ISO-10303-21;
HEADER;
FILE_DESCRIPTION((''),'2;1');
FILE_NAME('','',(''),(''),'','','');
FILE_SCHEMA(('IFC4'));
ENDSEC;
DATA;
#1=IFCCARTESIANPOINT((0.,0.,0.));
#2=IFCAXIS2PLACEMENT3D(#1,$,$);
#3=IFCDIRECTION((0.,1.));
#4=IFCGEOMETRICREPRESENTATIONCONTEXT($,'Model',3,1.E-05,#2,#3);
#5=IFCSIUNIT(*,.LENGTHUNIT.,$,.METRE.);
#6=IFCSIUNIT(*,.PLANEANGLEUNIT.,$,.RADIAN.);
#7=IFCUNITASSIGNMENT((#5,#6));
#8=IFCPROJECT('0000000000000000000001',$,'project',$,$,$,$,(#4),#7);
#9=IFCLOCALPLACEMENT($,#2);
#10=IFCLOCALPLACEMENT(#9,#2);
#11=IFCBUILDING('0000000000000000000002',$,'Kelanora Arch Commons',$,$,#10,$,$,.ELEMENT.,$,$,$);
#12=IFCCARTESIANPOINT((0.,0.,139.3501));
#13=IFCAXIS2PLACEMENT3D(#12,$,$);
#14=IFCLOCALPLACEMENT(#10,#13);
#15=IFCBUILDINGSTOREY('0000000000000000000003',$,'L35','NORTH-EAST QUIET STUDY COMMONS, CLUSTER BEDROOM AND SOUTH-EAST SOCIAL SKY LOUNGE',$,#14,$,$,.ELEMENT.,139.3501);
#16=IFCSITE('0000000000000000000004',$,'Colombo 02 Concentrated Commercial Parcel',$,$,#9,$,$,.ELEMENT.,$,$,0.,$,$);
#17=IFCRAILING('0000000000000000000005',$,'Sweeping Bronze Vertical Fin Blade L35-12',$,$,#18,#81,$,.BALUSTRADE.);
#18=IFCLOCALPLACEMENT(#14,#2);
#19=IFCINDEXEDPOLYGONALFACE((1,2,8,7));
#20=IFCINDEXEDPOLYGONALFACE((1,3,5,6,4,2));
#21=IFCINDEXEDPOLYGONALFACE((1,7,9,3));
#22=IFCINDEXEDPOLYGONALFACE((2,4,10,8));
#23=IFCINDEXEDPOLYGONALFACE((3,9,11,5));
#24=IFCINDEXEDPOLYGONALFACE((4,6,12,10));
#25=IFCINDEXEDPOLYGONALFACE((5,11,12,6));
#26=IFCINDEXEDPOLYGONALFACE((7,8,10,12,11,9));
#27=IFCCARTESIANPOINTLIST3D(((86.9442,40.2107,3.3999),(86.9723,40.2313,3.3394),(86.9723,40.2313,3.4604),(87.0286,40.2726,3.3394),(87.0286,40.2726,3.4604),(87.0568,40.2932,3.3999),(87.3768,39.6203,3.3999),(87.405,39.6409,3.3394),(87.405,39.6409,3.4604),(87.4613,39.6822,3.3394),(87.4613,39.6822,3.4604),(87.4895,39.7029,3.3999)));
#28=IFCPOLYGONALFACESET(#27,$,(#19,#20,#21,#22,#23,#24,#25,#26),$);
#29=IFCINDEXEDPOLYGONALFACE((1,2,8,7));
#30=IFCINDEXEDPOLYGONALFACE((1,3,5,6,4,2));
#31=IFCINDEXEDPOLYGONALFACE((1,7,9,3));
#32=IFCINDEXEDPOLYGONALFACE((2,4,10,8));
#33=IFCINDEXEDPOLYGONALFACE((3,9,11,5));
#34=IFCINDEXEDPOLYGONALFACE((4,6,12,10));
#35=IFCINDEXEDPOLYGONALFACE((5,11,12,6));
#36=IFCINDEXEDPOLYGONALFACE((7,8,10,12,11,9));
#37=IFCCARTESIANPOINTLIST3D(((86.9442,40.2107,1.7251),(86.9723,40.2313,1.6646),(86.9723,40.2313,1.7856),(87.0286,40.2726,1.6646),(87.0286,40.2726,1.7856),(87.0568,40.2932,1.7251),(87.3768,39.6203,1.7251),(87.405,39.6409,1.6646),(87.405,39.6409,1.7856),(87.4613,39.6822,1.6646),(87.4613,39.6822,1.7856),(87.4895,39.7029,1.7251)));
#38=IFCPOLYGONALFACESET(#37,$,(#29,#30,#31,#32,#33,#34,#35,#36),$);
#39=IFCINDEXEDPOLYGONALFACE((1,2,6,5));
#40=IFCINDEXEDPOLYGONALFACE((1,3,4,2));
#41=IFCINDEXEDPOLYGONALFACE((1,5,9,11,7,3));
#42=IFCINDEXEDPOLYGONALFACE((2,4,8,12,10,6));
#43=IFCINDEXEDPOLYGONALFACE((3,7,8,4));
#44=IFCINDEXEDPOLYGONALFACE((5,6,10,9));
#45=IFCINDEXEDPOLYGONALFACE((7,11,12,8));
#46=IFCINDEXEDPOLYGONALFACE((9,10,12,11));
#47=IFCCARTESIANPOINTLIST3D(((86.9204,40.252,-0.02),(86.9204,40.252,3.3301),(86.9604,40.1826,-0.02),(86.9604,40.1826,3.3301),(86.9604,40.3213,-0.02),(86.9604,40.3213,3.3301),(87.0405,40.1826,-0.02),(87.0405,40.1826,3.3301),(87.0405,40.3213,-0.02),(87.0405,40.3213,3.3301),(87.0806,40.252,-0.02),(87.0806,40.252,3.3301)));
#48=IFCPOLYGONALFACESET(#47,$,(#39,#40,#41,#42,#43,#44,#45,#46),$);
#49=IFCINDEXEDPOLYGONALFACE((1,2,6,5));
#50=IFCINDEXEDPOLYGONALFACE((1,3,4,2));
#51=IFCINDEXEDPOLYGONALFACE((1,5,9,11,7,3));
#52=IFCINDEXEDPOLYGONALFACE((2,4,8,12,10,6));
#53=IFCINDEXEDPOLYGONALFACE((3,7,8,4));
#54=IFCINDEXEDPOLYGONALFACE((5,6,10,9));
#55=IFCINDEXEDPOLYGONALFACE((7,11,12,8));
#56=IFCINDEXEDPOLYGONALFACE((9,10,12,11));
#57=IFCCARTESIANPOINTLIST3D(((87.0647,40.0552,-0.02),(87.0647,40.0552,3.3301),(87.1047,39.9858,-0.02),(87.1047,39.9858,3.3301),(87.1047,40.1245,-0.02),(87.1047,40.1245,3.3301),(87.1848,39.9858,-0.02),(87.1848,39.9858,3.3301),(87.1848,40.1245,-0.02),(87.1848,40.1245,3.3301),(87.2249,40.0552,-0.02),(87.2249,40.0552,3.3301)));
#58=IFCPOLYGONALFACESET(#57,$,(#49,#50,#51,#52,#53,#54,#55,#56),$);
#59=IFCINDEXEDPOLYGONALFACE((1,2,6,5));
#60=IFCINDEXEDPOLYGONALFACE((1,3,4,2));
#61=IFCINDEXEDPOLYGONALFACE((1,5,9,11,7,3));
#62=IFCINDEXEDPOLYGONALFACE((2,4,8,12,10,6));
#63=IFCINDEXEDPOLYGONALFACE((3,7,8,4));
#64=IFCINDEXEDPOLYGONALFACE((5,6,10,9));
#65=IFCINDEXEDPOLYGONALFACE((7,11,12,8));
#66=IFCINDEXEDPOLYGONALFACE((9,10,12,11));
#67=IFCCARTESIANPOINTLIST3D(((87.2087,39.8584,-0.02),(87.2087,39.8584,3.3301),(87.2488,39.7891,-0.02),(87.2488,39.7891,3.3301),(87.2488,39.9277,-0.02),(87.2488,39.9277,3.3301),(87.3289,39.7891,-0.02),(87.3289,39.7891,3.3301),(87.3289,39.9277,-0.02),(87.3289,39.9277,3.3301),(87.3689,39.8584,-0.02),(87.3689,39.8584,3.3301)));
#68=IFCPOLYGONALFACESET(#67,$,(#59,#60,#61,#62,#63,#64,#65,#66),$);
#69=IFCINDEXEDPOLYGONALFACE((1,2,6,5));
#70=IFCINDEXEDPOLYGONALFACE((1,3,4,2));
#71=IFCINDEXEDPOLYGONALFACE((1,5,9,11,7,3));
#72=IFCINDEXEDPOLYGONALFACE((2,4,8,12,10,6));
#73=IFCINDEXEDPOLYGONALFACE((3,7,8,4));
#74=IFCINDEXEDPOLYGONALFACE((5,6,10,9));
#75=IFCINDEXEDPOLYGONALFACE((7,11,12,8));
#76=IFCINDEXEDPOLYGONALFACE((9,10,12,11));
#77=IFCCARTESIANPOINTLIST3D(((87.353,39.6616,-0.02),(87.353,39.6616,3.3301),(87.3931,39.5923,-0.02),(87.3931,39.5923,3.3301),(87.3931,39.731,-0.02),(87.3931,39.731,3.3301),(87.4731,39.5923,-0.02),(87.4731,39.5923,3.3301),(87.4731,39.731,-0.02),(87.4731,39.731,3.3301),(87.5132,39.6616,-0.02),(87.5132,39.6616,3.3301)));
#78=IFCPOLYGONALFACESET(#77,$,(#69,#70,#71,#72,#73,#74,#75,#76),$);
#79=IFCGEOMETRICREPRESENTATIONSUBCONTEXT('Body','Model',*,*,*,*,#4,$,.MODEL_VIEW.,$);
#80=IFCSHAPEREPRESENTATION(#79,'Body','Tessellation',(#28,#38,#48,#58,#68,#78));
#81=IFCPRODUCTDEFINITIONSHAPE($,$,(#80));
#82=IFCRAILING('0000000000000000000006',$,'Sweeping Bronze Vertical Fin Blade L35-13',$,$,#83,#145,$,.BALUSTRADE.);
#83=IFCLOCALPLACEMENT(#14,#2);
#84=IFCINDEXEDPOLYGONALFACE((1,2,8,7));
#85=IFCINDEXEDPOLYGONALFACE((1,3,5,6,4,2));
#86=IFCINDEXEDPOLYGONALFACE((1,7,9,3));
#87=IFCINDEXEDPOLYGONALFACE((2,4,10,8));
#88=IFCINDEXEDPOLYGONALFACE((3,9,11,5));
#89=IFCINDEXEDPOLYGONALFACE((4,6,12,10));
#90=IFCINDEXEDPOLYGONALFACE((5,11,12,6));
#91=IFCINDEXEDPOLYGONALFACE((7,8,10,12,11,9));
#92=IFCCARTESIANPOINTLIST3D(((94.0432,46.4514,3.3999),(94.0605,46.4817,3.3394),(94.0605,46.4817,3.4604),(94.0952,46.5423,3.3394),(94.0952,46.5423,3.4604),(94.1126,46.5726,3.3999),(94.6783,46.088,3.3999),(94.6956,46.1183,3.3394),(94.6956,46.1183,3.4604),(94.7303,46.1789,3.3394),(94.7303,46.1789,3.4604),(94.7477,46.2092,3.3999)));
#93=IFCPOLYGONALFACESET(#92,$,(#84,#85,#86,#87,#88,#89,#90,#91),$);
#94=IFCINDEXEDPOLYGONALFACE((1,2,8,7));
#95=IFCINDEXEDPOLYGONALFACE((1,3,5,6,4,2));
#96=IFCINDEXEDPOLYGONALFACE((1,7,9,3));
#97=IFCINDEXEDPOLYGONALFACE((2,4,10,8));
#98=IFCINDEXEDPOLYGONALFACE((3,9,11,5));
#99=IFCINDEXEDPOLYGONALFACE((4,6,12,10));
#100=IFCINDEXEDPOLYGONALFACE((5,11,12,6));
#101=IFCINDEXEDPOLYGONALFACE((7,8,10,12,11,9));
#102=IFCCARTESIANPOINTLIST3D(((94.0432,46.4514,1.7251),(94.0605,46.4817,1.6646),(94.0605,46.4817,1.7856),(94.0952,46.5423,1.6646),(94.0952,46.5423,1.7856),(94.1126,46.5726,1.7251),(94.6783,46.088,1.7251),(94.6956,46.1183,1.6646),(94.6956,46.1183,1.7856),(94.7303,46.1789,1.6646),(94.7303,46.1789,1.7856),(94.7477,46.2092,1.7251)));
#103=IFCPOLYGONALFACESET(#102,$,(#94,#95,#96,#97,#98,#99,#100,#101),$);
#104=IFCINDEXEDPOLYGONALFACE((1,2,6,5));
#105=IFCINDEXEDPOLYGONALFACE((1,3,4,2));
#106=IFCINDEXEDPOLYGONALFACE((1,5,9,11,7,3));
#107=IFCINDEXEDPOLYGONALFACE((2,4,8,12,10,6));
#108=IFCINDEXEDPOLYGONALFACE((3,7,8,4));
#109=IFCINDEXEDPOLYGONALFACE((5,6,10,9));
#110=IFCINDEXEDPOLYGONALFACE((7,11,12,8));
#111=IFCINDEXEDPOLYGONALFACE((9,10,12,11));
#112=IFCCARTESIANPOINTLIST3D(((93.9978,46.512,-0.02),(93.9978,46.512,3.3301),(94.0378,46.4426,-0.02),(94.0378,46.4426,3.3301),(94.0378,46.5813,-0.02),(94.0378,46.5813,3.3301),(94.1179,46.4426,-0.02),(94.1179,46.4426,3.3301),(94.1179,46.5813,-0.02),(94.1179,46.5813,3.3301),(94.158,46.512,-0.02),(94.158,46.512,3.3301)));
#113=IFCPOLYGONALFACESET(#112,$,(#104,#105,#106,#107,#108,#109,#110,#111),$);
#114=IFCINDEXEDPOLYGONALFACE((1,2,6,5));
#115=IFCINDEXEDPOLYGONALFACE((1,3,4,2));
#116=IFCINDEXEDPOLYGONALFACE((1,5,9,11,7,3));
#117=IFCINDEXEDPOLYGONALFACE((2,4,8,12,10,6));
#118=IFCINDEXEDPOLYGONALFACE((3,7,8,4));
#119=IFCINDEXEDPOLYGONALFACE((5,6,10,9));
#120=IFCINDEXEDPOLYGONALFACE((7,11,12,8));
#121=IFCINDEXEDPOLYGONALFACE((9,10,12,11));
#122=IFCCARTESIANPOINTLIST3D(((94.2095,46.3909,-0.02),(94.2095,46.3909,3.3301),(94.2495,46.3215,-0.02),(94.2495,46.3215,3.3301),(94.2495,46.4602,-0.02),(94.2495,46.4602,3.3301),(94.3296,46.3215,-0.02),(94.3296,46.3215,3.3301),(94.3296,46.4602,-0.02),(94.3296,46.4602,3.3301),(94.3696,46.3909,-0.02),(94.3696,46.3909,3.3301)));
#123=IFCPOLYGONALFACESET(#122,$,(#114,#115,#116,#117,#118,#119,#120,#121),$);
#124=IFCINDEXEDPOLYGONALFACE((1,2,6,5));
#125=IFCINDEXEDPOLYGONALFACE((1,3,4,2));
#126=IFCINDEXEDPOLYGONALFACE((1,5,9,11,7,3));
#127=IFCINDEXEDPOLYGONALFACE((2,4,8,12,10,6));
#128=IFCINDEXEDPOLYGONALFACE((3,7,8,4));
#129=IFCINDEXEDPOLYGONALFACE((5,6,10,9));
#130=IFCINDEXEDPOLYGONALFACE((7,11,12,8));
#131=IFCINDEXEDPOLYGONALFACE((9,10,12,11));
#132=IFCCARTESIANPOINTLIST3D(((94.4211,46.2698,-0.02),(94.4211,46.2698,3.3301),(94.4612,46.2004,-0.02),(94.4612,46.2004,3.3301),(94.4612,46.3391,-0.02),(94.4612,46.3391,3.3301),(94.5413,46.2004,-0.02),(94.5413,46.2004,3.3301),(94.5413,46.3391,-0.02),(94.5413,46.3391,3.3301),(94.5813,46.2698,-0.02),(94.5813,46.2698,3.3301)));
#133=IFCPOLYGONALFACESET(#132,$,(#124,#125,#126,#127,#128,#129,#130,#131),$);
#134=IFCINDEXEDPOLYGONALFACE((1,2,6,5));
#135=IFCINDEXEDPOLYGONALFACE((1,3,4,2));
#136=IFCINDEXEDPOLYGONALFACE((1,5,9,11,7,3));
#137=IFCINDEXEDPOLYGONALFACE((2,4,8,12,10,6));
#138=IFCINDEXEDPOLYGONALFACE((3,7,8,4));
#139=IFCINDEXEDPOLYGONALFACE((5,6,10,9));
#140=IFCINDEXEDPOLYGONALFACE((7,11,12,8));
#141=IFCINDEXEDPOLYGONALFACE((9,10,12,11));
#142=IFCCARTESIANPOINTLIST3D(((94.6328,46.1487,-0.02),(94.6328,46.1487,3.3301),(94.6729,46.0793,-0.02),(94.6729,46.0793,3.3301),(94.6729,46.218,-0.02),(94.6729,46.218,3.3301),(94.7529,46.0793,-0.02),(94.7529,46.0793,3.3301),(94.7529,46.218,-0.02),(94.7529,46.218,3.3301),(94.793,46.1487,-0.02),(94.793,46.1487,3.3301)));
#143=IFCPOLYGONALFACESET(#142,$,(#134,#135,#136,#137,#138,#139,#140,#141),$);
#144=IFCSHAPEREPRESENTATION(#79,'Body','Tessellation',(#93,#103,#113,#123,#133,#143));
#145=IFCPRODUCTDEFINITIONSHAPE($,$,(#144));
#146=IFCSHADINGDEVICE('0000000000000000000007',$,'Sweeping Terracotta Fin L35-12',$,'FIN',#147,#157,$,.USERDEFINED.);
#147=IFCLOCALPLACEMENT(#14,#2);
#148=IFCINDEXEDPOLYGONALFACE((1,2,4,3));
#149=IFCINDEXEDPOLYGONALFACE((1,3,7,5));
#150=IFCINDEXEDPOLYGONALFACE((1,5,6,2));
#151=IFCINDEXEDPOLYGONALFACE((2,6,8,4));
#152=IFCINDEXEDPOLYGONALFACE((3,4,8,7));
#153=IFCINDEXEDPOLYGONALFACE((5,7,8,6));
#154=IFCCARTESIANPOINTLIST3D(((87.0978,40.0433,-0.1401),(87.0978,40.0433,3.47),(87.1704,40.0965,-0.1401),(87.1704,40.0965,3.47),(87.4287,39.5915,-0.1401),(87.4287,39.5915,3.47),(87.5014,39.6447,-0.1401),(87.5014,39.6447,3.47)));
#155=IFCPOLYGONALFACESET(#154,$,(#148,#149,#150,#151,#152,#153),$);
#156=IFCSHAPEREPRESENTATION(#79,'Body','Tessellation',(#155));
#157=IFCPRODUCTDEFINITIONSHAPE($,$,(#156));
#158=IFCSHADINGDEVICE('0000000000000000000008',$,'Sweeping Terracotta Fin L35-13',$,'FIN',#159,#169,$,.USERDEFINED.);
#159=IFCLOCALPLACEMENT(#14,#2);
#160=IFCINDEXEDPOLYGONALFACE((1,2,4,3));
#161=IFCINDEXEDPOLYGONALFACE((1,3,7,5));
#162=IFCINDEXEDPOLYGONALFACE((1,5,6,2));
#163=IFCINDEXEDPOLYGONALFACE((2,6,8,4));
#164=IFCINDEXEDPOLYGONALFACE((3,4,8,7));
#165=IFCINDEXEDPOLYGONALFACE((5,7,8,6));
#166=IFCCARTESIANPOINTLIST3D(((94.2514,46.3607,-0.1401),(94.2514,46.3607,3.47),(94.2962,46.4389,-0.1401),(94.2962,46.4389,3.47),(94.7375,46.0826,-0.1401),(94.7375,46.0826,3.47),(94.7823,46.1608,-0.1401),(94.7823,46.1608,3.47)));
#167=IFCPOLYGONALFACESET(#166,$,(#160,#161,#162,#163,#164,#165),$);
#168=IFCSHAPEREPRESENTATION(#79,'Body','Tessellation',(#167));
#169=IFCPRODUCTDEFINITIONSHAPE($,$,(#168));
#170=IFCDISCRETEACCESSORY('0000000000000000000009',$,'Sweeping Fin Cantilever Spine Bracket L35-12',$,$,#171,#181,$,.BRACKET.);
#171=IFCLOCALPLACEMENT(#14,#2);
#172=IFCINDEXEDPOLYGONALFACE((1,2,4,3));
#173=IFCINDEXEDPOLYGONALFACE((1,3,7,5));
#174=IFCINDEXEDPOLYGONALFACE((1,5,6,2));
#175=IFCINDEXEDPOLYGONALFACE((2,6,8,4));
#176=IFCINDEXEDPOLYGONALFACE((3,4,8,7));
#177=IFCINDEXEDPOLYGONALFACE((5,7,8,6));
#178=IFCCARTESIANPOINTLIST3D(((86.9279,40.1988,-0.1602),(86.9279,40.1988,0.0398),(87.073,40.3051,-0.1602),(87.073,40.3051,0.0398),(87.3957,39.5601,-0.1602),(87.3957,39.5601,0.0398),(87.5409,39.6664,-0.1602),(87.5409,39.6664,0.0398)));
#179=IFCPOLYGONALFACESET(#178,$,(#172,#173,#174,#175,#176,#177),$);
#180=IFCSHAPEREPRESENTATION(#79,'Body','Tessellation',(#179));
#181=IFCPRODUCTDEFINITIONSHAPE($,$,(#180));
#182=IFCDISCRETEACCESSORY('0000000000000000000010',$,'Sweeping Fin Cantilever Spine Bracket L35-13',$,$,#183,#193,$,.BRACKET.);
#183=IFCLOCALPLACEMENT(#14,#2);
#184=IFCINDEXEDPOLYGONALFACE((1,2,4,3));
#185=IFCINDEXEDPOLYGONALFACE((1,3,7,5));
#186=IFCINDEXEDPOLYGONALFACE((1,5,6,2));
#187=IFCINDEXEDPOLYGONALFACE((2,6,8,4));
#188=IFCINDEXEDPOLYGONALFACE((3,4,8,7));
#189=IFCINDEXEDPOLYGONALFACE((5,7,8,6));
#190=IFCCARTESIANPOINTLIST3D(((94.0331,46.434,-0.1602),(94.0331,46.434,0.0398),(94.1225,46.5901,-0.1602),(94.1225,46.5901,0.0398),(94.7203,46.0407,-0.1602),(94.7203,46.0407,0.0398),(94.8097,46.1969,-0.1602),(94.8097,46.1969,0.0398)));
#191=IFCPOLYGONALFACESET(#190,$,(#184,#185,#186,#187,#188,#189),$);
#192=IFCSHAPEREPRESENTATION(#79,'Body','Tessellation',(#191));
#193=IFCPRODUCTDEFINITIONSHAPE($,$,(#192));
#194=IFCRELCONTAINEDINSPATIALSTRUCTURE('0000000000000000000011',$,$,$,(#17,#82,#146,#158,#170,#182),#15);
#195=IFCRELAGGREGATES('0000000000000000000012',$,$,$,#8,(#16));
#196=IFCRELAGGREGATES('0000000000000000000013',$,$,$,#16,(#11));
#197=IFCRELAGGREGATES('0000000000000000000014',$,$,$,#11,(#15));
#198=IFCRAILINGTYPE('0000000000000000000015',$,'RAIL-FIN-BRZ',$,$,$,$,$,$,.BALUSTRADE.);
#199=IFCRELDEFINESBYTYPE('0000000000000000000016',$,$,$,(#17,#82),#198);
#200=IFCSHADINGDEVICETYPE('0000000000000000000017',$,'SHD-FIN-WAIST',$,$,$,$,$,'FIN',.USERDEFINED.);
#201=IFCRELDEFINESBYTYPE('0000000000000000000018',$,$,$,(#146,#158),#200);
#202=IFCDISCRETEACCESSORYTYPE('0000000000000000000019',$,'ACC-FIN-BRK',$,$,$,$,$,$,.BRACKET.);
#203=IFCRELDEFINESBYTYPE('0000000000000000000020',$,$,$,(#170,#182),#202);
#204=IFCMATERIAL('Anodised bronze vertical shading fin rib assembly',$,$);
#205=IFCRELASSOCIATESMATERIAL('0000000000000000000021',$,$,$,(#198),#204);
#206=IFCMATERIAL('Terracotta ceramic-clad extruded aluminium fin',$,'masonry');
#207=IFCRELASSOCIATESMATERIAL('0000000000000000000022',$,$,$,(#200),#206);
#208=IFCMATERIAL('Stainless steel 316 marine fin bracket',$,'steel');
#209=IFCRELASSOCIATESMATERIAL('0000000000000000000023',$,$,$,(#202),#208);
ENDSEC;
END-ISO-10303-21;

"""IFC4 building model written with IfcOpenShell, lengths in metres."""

from ifc_helpers import new_model, si_unit, direction, frame, origin, origin_2d, place, context, subcontext, project, spatial, polyline, rectangle, outline, extrude, source, transform, mapped, material, type_object, element, save


model = new_model("IFC4")

# Units and contexts
model_context = context("Model", 3, precision=1e-05, world=origin(), true_north=direction((0.0, 1.0)))
body_context = subcontext(model_context, "Body", "Model", "MODEL_VIEW")
ifc_project = project(units=[si_unit("LENGTHUNIT", "METRE"), si_unit("PLANEANGLEUNIT", "RADIAN")], contexts=[model_context])

# Site, building, storey
site_placement = place(None, origin())
site = spatial("IfcSite", under=ifc_project, at=site_placement, Name="Colombo 02 Concentrated Commercial Parcel", CompositionType="ELEMENT", RefElevation=0.0)
building_placement = place(site_placement, origin())
building = spatial("IfcBuilding", under=site, at=building_placement, Name="Kelanora Arch Commons", CompositionType="ELEMENT")
storey_placement = place(building_placement, frame((0.0, 0.0, 139.3501)))
storey = spatial("IfcBuildingStorey", under=building, at=storey_placement, Name="L35", Description="NORTH-EAST QUIET STUDY COMMONS, CLUSTER BEDROOM AND SOUTH-EAST SOCIAL SKY LOUNGE", CompositionType="ELEMENT", Elevation=139.3501)

# Railings
ifc_material_1 = material(Name="Anodised bronze vertical shading fin rib assembly")
railing_type = type_object("IfcRailingType", Name="RAIL-FIN-BRZ", PredefinedType="BALUSTRADE", material=ifc_material_1)
railing_1_placement = place(storey_placement, frame((87.0005, 40.252, -0.02)))
element("IfcRailing", 1, at=railing_1_placement, inside=storey, type_object=railing_type, Name="Sweeping Bronze Vertical Fin Blade L35-12", PredefinedType="BALUSTRADE", context=body_context, shape_type="SweptSolid", body=[
    extrude(outline(polyline([(0.0698, 0.0), (0.0349, 0.0605), (-0.0349, 0.0605), (-0.0698, 0.0), (-0.0349, -0.0605), (0.0349, -0.0605), (0.0698, 0.0)])), frame((0.0, 0.0, 3.4199), z_axis=(0.591103, -0.806596, 0.0), x_axis=(0.806596, 0.591103, 0.0)), (0.0, 0.0, 1.0), 0.7319),
    extrude(outline(polyline([(0.0698, 0.0), (0.0349, 0.0605), (-0.0349, 0.0605), (-0.0698, 0.0), (-0.0349, -0.0605), (0.0349, -0.0605), (0.0698, 0.0)])), frame((0.0, 0.0, 1.7451), z_axis=(0.591103, -0.806596, 0.0), x_axis=(0.806596, 0.591103, 0.0)), (0.0, 0.0, 1.0), 0.7319),
    extrude(outline(polyline([(0.0801, 0.0), (0.04, 0.0693), (-0.04, 0.0693), (-0.0801, 0.0), (-0.04, -0.0693), (0.04, -0.0693), (0.0801, 0.0)])), origin(), (0.0, 0.0, 1.0), 3.3501),
    extrude(outline(polyline([(0.0801, 0.0), (0.04, 0.0693), (-0.04, 0.0693), (-0.0801, 0.0), (-0.04, -0.0693), (0.04, -0.0693), (0.0801, 0.0)])), frame((0.1443, -0.1968, 0.0)), (0.0, 0.0, 1.0), 3.3501),
    extrude(outline(polyline([(0.0801, 0.0), (0.04, 0.0693), (-0.04, 0.0693), (-0.0801, 0.0), (-0.04, -0.0693), (0.04, -0.0693), (0.0801, 0.0)])), frame((0.2883, -0.3936, 0.0)), (0.0, 0.0, 1.0), 3.3501),
    extrude(outline(polyline([(0.0801, 0.0), (0.04, 0.0693), (-0.04, 0.0693), (-0.0801, 0.0), (-0.04, -0.0693), (0.04, -0.0693), (0.0801, 0.0)])), frame((0.4326, -0.5903, 0.0)), (0.0, 0.0, 1.0), 3.3501),
])
railing_2_placement = place(storey_placement, frame((94.0779, 46.512, -0.02)))
element("IfcRailing", 2, at=railing_2_placement, inside=storey, type_object=railing_type, Name="Sweeping Bronze Vertical Fin Blade L35-13", PredefinedType="BALUSTRADE", context=body_context, shape_type="SweptSolid", body=[
    extrude(outline(polyline([(0.0698, 0.0), (0.0349, 0.0605), (-0.0349, 0.0605), (-0.0698, 0.0), (-0.0349, -0.0605), (0.0349, -0.0605), (0.0698, 0.0)])), frame((0.0, 0.0, 3.4199), z_axis=(0.867997, -0.49657, 0.0), x_axis=(0.49657, 0.867997, 0.0)), (0.0, 0.0, 1.0), 0.7317),
    extrude(outline(polyline([(0.0698, 0.0), (0.0349, 0.0605), (-0.0349, 0.0605), (-0.0698, 0.0), (-0.0349, -0.0605), (0.0349, -0.0605), (0.0698, 0.0)])), frame((0.0, 0.0, 1.7451), z_axis=(0.867997, -0.49657, 0.0), x_axis=(0.49657, 0.867997, 0.0)), (0.0, 0.0, 1.0), 0.7317),
    extrude(outline(polyline([(0.0801, 0.0), (0.04, 0.0693), (-0.04, 0.0693), (-0.0801, 0.0), (-0.04, -0.0693), (0.04, -0.0693), (0.0801, 0.0)])), origin(), (0.0, 0.0, 1.0), 3.3501),
    extrude(outline(polyline([(0.0801, 0.0), (0.04, 0.0693), (-0.04, 0.0693), (-0.0801, 0.0), (-0.04, -0.0693), (0.04, -0.0693), (0.0801, 0.0)])), frame((0.2117, -0.1211, 0.0)), (0.0, 0.0, 1.0), 3.3501),
    extrude(outline(polyline([(0.0801, 0.0), (0.04, 0.0693), (-0.04, 0.0693), (-0.0801, 0.0), (-0.04, -0.0693), (0.04, -0.0693), (0.0801, 0.0)])), frame((0.4233, -0.2422, 0.0)), (0.0, 0.0, 1.0), 3.3501),
    extrude(outline(polyline([(0.0801, 0.0), (0.04, 0.0693), (-0.04, 0.0693), (-0.0801, 0.0), (-0.04, -0.0693), (0.04, -0.0693), (0.0801, 0.0)])), frame((0.635, -0.3633, 0.0)), (0.0, 0.0, 1.0), 3.3501),
])

# Shading devices
ifc_material_2 = material(Name="Terracotta ceramic-clad extruded aluminium fin", Category="masonry")
shading_device_type = type_object("IfcShadingDeviceType", Name="SHD-FIN-WAIST", ElementType="FIN", PredefinedType="USERDEFINED", material=ifc_material_2)
shared_shape_1 = source(origin(), body_context, "Body", "SweptSolid", [
    extrude(rectangle(XDim=0.5601, YDim=0.0901, at=origin_2d()), origin(), (0.0, 0.0, 1.0), 3.6101),
])
for number, where, z_axis, x_axis, name in (
    (3, (87.2996, 39.844, -0.1401), (0.0, 0.0, 1.0), (0.590887, -0.806754, 0.0), "Sweeping Terracotta Fin L35-12"),
    (4, (94.5168, 46.2607, -0.1401), (0.0, 0.0, 1.0), (0.867939, -0.496671, 0.0), "Sweeping Terracotta Fin L35-13"),
):
    element("IfcShadingDevice", number, at=place(storey_placement, frame(where, z_axis=z_axis, x_axis=x_axis)), inside=storey, type_object=shading_device_type, Name=name, ObjectType="FIN", PredefinedType="USERDEFINED", context=body_context, shape_type="MappedRepresentation", body=[
        mapped(shared_shape_1, transform((0.0, 0.0, 0.0), scale=1.0)),
    ])

# Discrete accessories
ifc_material_3 = material(Name="Stainless steel 316 marine fin bracket", Category="steel")
discrete_accessory_type = type_object("IfcDiscreteAccessoryType", Name="ACC-FIN-BRK", PredefinedType="BRACKET", material=ifc_material_3)
shared_shape_2 = source(origin(), body_context, "Body", "SweptSolid", [
    extrude(rectangle(XDim=0.7917, YDim=0.1799, at=origin_2d()), origin(), (0.0, 0.0, 1.0), 0.2),
])
for number, where, z_axis, x_axis, name in (
    (5, (87.2344, 39.9326, -0.1602), (0.0, 0.0, 1.0), (0.590887, -0.806754, 0.0), "Sweeping Fin Cantilever Spine Bracket L35-12"),
    (6, (94.4214, 46.3154, -0.1602), (0.0, 0.0, 1.0), (0.867939, -0.496671, 0.0), "Sweeping Fin Cantilever Spine Bracket L35-13"),
):
    element("IfcDiscreteAccessory", number, at=place(storey_placement, frame(where, z_axis=z_axis, x_axis=x_axis)), inside=storey, type_object=discrete_accessory_type, Name=name, PredefinedType="BRACKET", context=body_context, shape_type="MappedRepresentation", body=[
        mapped(shared_shape_2, transform((0.0, 0.0, 0.0), scale=1.0)),
    ])

save(model, "model.ifc")
